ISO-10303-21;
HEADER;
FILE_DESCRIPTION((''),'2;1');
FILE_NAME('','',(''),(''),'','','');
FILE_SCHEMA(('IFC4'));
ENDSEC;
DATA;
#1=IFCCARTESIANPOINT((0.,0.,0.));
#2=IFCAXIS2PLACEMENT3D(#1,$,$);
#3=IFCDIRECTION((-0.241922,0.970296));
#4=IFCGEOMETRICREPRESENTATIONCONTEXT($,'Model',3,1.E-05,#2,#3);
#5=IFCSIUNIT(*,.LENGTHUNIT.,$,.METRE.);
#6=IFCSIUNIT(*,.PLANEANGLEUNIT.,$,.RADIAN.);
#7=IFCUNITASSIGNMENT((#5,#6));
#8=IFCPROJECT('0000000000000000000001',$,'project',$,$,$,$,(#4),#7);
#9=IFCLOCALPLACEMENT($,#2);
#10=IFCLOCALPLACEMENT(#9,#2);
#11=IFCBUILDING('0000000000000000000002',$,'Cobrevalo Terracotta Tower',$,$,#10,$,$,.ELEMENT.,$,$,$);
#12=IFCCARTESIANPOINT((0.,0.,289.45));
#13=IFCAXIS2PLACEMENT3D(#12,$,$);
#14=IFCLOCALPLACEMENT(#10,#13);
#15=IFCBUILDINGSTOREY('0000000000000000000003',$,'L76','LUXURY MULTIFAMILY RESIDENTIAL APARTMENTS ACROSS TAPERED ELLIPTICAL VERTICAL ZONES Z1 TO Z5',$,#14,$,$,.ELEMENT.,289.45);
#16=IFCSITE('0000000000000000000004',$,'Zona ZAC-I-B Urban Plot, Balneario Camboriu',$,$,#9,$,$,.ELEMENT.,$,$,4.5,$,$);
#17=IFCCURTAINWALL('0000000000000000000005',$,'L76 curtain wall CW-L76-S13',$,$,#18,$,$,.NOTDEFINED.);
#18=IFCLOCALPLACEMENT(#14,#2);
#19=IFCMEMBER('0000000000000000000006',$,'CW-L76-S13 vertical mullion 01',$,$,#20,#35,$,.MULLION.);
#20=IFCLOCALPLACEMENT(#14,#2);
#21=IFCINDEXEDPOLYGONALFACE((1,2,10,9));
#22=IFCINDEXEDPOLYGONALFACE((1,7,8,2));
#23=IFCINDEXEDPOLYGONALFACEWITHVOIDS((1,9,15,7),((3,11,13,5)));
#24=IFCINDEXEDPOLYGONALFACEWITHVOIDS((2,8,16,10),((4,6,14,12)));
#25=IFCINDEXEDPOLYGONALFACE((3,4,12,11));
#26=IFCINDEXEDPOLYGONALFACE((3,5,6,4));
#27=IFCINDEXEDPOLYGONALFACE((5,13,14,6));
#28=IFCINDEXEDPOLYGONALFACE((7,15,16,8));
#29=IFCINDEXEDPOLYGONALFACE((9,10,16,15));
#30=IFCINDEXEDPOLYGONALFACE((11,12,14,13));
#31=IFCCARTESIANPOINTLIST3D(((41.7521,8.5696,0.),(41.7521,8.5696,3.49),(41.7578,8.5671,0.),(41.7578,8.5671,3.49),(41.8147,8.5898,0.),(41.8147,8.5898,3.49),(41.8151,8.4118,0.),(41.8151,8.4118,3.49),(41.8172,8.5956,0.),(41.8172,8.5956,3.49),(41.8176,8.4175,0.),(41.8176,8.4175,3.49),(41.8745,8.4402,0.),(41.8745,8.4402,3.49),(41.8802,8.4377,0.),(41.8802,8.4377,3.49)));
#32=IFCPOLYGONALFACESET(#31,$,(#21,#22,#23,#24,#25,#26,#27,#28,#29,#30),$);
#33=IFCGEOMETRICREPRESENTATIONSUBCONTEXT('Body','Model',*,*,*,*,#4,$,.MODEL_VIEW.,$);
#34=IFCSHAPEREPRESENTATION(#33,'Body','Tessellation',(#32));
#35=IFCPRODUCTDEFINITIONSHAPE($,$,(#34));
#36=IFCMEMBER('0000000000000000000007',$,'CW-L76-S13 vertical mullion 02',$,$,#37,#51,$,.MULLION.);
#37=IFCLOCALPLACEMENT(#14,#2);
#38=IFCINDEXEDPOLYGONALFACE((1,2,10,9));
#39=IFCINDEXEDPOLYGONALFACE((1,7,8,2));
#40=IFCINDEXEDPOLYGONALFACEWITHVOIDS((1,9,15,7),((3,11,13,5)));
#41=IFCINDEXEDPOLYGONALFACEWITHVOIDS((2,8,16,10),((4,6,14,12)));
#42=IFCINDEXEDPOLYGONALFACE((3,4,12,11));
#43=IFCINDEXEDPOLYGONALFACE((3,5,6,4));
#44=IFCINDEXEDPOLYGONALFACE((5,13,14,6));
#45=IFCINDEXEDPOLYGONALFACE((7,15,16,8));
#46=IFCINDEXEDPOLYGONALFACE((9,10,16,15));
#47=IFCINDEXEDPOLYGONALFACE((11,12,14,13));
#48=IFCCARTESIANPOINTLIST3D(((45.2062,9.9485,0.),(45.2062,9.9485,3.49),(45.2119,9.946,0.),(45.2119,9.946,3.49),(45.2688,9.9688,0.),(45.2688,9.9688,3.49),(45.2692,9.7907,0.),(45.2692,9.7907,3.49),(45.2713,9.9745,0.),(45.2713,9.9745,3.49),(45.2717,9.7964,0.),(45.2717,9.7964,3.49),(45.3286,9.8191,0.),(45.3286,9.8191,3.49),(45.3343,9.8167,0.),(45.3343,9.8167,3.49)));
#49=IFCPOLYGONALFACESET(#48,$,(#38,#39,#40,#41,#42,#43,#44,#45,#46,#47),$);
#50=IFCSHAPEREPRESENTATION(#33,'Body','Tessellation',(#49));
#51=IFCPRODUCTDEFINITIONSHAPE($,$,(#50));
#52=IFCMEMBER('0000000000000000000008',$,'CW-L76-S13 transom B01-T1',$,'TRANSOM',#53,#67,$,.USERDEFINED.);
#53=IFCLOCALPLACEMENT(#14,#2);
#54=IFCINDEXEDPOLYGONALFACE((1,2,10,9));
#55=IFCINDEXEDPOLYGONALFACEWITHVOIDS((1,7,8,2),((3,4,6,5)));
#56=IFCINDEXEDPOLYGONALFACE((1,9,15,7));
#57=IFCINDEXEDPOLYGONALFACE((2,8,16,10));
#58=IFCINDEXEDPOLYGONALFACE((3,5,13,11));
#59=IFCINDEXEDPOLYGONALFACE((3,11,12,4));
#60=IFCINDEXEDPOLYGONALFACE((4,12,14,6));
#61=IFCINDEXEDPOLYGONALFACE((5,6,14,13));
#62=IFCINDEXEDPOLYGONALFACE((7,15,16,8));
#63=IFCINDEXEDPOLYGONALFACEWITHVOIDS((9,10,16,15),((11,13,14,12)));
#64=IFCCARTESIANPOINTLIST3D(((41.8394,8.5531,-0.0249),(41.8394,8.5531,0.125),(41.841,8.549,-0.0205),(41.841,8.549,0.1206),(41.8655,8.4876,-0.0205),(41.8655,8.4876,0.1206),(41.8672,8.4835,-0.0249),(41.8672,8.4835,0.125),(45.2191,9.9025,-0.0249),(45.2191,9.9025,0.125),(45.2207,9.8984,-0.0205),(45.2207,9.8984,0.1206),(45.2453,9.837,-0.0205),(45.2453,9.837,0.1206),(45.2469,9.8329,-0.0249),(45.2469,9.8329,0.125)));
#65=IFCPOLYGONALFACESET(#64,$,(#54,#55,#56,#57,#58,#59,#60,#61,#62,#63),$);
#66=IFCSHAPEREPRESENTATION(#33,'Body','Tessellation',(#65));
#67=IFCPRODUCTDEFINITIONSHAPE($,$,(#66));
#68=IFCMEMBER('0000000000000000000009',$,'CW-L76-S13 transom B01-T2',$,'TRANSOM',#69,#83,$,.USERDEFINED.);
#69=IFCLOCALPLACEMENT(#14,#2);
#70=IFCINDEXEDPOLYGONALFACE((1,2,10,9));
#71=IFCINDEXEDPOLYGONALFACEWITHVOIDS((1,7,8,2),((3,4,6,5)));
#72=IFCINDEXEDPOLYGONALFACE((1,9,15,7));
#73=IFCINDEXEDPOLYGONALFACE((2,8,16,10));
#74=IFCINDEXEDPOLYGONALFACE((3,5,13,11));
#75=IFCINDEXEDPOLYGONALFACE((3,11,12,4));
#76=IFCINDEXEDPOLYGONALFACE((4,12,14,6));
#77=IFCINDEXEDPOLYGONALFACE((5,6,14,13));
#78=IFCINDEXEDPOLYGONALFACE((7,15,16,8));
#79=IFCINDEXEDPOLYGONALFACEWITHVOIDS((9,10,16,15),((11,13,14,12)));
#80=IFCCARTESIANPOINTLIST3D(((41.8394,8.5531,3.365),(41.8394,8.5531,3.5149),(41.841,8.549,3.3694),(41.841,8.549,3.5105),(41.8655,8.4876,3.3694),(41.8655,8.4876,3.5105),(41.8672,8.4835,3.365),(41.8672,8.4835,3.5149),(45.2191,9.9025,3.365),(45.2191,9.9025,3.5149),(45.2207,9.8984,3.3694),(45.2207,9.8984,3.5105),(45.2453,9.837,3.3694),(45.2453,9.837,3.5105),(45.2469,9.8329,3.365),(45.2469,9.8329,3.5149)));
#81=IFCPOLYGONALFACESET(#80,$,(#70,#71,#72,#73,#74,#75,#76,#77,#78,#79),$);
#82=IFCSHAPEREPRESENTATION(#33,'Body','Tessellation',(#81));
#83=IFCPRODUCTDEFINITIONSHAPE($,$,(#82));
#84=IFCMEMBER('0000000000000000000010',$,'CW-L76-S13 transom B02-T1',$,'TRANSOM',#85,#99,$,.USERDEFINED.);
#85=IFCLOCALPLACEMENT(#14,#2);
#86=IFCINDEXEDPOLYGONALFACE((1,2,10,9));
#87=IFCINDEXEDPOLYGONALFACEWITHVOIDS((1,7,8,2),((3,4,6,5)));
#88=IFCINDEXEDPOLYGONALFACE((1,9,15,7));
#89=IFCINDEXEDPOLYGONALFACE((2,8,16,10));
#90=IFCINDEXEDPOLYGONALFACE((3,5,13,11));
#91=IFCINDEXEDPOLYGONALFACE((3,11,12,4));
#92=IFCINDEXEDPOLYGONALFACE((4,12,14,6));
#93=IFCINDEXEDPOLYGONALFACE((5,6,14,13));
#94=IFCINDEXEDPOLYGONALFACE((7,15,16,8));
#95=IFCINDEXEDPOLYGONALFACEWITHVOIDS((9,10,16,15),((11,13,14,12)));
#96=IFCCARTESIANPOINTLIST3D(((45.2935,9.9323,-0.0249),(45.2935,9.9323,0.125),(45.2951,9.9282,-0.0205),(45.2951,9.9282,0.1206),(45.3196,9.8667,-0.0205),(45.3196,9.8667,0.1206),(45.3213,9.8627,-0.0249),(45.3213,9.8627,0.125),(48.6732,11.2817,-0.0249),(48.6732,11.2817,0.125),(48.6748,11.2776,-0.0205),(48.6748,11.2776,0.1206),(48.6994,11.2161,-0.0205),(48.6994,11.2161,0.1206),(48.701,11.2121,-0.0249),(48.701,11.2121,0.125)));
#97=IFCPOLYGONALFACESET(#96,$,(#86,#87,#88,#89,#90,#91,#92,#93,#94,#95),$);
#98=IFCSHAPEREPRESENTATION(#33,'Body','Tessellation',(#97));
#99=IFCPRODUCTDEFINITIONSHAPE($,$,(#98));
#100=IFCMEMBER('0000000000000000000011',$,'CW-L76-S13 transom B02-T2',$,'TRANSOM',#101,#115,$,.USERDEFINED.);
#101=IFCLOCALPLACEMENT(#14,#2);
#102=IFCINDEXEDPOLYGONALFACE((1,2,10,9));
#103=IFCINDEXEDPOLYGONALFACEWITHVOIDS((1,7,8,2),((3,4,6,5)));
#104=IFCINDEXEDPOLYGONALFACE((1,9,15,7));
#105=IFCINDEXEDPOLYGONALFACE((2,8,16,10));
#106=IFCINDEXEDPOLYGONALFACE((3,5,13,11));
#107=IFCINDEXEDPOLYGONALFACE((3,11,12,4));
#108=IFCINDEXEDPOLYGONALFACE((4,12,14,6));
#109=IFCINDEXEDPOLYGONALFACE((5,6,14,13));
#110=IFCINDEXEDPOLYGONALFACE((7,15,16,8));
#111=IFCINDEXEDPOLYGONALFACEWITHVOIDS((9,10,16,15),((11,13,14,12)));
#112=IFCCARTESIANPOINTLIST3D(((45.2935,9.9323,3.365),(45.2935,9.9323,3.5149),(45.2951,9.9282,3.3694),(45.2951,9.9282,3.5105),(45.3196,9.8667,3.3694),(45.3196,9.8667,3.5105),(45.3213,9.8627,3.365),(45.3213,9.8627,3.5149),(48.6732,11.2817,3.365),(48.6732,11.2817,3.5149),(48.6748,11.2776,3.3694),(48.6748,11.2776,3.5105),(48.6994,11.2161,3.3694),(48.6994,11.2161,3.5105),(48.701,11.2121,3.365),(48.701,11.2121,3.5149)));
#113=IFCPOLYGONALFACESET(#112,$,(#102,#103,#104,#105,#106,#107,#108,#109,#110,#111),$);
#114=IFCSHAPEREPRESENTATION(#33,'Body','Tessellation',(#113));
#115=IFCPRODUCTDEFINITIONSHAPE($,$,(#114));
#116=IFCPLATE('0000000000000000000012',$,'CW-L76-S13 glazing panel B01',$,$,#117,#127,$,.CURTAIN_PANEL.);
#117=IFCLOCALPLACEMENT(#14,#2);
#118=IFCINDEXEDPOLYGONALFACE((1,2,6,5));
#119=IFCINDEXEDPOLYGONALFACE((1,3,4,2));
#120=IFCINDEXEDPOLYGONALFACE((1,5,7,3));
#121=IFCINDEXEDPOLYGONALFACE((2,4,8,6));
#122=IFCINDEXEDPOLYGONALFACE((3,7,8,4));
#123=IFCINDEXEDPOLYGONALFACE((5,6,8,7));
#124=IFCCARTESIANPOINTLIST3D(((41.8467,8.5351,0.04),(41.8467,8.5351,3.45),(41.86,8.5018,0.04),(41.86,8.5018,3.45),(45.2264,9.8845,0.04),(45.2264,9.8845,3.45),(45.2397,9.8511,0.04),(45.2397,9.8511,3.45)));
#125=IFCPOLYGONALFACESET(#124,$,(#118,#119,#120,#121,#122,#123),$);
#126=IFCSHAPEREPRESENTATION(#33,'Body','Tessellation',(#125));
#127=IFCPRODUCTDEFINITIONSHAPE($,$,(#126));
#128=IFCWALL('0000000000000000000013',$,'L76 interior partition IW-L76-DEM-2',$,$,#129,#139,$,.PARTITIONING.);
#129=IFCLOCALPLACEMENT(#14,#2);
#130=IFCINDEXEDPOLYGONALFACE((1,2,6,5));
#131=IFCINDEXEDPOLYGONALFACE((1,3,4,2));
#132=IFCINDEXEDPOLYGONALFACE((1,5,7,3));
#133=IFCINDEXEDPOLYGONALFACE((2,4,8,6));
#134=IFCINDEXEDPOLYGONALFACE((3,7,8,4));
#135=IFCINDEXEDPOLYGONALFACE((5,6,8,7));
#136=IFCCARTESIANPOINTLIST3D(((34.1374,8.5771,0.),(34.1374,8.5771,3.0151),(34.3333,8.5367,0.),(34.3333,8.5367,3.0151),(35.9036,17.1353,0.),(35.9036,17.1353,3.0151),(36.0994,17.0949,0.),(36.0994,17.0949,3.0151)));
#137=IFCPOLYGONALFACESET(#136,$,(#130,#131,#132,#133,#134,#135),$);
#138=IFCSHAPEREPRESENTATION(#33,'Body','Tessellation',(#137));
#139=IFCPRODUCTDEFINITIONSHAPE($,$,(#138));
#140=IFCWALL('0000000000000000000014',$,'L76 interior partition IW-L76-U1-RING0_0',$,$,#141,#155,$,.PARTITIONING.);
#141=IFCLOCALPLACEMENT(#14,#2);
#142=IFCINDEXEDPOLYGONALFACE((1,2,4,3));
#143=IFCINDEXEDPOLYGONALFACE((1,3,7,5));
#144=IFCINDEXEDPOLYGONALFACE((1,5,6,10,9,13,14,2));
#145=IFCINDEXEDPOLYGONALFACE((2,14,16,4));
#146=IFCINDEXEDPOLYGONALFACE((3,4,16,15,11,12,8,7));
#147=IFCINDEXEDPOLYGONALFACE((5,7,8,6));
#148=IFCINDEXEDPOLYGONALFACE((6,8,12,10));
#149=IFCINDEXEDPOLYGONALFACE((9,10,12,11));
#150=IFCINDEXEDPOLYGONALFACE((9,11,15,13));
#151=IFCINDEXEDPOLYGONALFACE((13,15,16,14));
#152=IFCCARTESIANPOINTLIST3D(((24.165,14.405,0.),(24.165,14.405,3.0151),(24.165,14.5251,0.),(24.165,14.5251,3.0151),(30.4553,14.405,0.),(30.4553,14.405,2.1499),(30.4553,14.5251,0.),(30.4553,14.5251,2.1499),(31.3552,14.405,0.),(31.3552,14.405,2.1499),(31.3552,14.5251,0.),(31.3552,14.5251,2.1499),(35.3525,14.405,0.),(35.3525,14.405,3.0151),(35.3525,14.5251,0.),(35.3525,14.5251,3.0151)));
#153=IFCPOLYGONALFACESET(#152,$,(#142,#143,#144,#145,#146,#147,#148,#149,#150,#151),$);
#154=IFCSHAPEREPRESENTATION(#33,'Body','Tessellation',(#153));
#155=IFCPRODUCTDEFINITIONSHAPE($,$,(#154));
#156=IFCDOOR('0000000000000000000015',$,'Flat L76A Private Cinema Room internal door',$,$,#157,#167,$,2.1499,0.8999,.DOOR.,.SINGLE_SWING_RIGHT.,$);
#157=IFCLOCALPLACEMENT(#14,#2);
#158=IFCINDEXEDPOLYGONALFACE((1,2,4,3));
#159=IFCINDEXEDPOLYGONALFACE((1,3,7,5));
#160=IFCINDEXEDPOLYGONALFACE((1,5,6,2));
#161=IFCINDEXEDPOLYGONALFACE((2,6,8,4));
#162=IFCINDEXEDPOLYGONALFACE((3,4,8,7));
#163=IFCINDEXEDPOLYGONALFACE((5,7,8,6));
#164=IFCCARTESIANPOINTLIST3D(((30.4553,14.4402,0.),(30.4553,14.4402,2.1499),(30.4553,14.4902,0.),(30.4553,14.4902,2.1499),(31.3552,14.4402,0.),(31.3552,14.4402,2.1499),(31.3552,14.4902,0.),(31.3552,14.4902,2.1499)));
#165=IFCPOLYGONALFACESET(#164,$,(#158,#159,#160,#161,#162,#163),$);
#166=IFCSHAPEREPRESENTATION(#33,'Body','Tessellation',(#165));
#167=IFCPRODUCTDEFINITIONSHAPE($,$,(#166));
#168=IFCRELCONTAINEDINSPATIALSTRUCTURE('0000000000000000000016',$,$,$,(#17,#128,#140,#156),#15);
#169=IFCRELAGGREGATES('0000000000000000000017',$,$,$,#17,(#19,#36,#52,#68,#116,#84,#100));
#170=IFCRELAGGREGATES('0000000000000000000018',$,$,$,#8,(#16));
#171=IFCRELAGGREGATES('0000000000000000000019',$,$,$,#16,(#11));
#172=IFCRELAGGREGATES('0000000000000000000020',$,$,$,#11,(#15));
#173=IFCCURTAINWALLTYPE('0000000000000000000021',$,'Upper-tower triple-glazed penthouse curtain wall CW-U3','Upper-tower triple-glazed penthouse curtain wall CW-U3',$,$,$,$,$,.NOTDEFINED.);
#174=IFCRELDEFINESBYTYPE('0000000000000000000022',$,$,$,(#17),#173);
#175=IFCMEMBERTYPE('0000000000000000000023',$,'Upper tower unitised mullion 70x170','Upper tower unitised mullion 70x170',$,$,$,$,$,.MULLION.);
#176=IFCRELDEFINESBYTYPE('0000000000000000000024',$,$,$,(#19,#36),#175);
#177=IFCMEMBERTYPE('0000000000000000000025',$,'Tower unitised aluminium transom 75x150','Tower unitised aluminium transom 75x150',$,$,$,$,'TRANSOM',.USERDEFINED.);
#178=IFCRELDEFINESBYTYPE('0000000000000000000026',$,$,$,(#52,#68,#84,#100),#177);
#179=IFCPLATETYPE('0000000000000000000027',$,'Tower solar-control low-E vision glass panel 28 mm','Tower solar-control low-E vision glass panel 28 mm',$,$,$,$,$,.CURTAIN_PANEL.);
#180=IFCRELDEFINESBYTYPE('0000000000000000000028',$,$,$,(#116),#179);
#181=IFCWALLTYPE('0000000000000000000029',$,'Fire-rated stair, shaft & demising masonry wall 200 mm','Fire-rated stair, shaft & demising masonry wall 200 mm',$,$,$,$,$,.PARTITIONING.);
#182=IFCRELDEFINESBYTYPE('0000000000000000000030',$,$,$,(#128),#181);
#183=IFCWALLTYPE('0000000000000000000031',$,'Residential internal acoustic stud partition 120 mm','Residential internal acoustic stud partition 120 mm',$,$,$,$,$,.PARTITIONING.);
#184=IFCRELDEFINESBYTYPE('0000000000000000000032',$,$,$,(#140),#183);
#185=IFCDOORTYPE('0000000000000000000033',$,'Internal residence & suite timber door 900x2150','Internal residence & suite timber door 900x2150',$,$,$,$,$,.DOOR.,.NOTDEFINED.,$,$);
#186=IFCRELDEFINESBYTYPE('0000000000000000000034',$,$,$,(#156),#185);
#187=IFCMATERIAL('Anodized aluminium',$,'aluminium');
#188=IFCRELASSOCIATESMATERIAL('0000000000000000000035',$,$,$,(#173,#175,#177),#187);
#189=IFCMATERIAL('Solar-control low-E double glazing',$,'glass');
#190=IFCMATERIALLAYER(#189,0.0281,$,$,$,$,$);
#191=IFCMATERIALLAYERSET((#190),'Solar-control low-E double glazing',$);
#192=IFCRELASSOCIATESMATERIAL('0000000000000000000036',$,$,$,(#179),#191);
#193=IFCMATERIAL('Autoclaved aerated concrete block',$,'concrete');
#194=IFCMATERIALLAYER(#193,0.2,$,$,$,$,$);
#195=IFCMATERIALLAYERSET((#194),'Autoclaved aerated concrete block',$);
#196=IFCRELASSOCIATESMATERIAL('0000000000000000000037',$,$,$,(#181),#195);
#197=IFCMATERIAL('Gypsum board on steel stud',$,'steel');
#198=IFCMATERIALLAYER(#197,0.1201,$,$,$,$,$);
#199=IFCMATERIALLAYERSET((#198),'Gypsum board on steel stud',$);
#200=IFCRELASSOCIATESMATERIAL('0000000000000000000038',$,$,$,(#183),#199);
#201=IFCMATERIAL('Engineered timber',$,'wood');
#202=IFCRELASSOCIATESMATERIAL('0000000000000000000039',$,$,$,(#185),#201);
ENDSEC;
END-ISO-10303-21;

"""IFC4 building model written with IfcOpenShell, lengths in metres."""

from ifc_helpers import new_model, si_unit, direction, frame, frame_2d, origin, origin_2d, place, context, subcontext, project, spatial, rectangle, hollow_rectangle, extrude, source, transform, mapped, material, layer, layer_set, material_profile, profile_set, type_object, element, fill, aggregate, save


model = new_model("IFC4")

# Units and contexts
model_context = context("Model", 3, precision=1e-05, world=origin(), true_north=direction((-0.241922, 0.970296)))
body_context = subcontext(model_context, "Body", "Model", "MODEL_VIEW")
ifc_project = project(units=[si_unit("LENGTHUNIT", "METRE"), si_unit("PLANEANGLEUNIT", "RADIAN")], contexts=[model_context])

# Site, building, storey
site_placement = place(None, origin())
site = spatial("IfcSite", under=ifc_project, at=site_placement, Name="Zona ZAC-I-B Urban Plot, Balneario Camboriu", CompositionType="ELEMENT", RefElevation=4.5)
building_placement = place(site_placement, origin())
building = spatial("IfcBuilding", under=site, at=building_placement, Name="Cobrevalo Terracotta Tower", CompositionType="ELEMENT")
storey_placement = place(building_placement, frame((0.0, 0.0, 289.45)))
storey = spatial("IfcBuildingStorey", under=building, at=storey_placement, Name="L76", Description="LUXURY MULTIFAMILY RESIDENTIAL APARTMENTS ACROSS TAPERED ELLIPTICAL VERTICAL ZONES Z1 TO Z5", CompositionType="ELEMENT", Elevation=289.45)

# Curtain wall, members, plate
ifc_material_1 = material(Name="Anodized aluminium", Category="aluminium")
curtain_wall_type = type_object("IfcCurtainWallType", Name="Upper-tower triple-glazed penthouse curtain wall CW-U3", Description="Upper-tower triple-glazed penthouse curtain wall CW-U3", PredefinedType="NOTDEFINED", material=ifc_material_1)
curtain_wall_placement = place(storey_placement, origin())
curtain_wall = element("IfcCurtainWall", 1, at=curtain_wall_placement, inside=storey, type_object=curtain_wall_type, Name="L76 curtain wall CW-L76-S13", PredefinedType="NOTDEFINED")
ifc_material_profile_1 = material_profile(ifc_material_1, hollow_rectangle(XDim=0.0701, YDim=0.1699, WallThickness=0.0044, at=origin_2d()), Name="CWM 70x170")
ifc_profile_set_1 = profile_set([ifc_material_profile_1], Name="Anodized aluminium")
member_type_1 = type_object("IfcMemberType", Name="Upper tower unitised mullion 70x170", Description="Upper tower unitised mullion 70x170", PredefinedType="MULLION", material=ifc_profile_set_1)
shared_shape_1 = source(origin(), body_context, "Body", "SweptSolid", [
    extrude(hollow_rectangle(XDim=0.0701, YDim=0.1699, WallThickness=0.0044, at=origin_2d()), origin(), (0.0, 0.0, 1.0), 3.49),
])
member_1_placement = place(storey_placement, frame((41.8162, 8.5037, 0.0), z_axis=(0.0, 0.0, 1.0), x_axis=(0.928719, 0.370784, 0.0)))
member_1 = element("IfcMember", 2, at=member_1_placement, type_object=member_type_1, Name="CW-L76-S13 vertical mullion 01", PredefinedType="MULLION", context=body_context, shape_type="MappedRepresentation", body=[
    mapped(shared_shape_1, transform((0.0, 0.0, 0.0), scale=1.0)),
])
member_2_placement = place(storey_placement, frame((45.2703, 9.8826, 0.0), z_axis=(0.0, 0.0, 1.0), x_axis=(0.928719, 0.370784, 0.0)))
member_2 = element("IfcMember", 3, at=member_2_placement, type_object=member_type_1, Name="CW-L76-S13 vertical mullion 02", PredefinedType="MULLION", context=body_context, shape_type="MappedRepresentation", body=[
    mapped(shared_shape_1, transform((0.0, 0.0, 0.0), scale=1.0)),
])
ifc_material_profile_2 = material_profile(ifc_material_1, hollow_rectangle(XDim=0.075, YDim=0.1499, WallThickness=0.0044, at=origin_2d()), Name="CWT 75x150")
ifc_profile_set_2 = profile_set([ifc_material_profile_2], Name="Anodized aluminium")
member_type_2 = type_object("IfcMemberType", Name="Tower unitised aluminium transom 75x150", Description="Tower unitised aluminium transom 75x150", ElementType="TRANSOM", PredefinedType="USERDEFINED", material=ifc_profile_set_2)
shared_shape_2 = source(origin(), body_context, "Body", "SweptSolid", [
    extrude(hollow_rectangle(XDim=0.075, YDim=0.1499, WallThickness=0.0044, at=origin_2d()), origin(), (0.0, 0.0, 1.0), 3.6392),
])
member_3_placement = place(storey_placement, frame((41.8533, 8.5183, 0.05), z_axis=(0.928712, 0.370801, 0.0), x_axis=(-0.370801, 0.928712, 0.0)))
member_3 = element("IfcMember", 4, at=member_3_placement, type_object=member_type_2, Name="CW-L76-S13 transom B01-T1", ObjectType="TRANSOM", PredefinedType="USERDEFINED", context=body_context, shape_type="MappedRepresentation", body=[
    mapped(shared_shape_2, transform((0.0, 0.0, 0.0), scale=1.0)),
])
member_4_placement = place(storey_placement, frame((41.8533, 8.5183, 3.4399), z_axis=(0.928712, 0.370801, 0.0), x_axis=(-0.370801, 0.928712, 0.0)))
member_4 = element("IfcMember", 5, at=member_4_placement, type_object=member_type_2, Name="CW-L76-S13 transom B01-T2", ObjectType="TRANSOM", PredefinedType="USERDEFINED", context=body_context, shape_type="MappedRepresentation", body=[
    mapped(shared_shape_2, transform((0.0, 0.0, 0.0), scale=1.0)),
])
member_5_placement = place(storey_placement, frame((45.3074, 9.8975, 0.05), z_axis=(0.928712, 0.370801, 0.0), x_axis=(-0.370801, 0.928712, 0.0)))
member_5 = element("IfcMember", 6, at=member_5_placement, type_object=member_type_2, Name="CW-L76-S13 transom B02-T1", ObjectType="TRANSOM", PredefinedType="USERDEFINED", context=body_context, shape_type="MappedRepresentation", body=[
    mapped(shared_shape_2, transform((0.0, 0.0, 0.0), scale=1.0)),
])
member_6_placement = place(storey_placement, frame((45.3074, 9.8975, 3.4399), z_axis=(0.928712, 0.370801, 0.0), x_axis=(-0.370801, 0.928712, 0.0)))
member_6 = element("IfcMember", 7, at=member_6_placement, type_object=member_type_2, Name="CW-L76-S13 transom B02-T2", ObjectType="TRANSOM", PredefinedType="USERDEFINED", context=body_context, shape_type="MappedRepresentation", body=[
    mapped(shared_shape_2, transform((0.0, 0.0, 0.0), scale=1.0)),
])
ifc_material_2 = material(Name="Solar-control low-E double glazing", Category="glass")
ifc_layer_1 = layer(ifc_material_2, 0.0281)
ifc_layer_set_1 = layer_set([ifc_layer_1], Name="Solar-control low-E double glazing")
plate_type = type_object("IfcPlateType", Name="Tower solar-control low-E vision glass panel 28 mm", Description="Tower solar-control low-E vision glass panel 28 mm", PredefinedType="CURTAIN_PANEL", material=ifc_layer_set_1)
shared_shape_3 = source(origin(), body_context, "Body", "SweptSolid", [
    extrude(rectangle(XDim=3.6392, YDim=0.0359, at=origin_2d()), origin(), (0.0, 0.0, 1.0), 3.4099),
])
plate_placement = place(storey_placement, frame((43.5432, 9.1931, 0.04), z_axis=(0.0, 0.0, 1.0), x_axis=(0.928718, 0.370786, 0.0)))
plate = element("IfcPlate", 8, at=plate_placement, type_object=plate_type, Name="CW-L76-S13 glazing panel B01", PredefinedType="CURTAIN_PANEL", context=body_context, shape_type="MappedRepresentation", body=[
    mapped(shared_shape_3, transform((0.0, 0.0, 0.0), scale=1.0)),
])
aggregate(curtain_wall, [member_1, member_2, member_3, member_4, plate, member_5, member_6])

# Wall
ifc_material_3 = material(Name="Autoclaved aerated concrete block", Category="concrete")
ifc_layer_2 = layer(ifc_material_3, 0.2)
ifc_layer_set_2 = layer_set([ifc_layer_2], Name="Autoclaved aerated concrete block")
wall_type_1 = type_object("IfcWallType", Name="Fire-rated stair, shaft & demising masonry wall 200 mm", Description="Fire-rated stair, shaft & demising masonry wall 200 mm", PredefinedType="PARTITIONING", material=ifc_layer_set_2)
wall_1_placement = place(storey_placement, frame((36.0015, 17.115, 0.0), z_axis=(0.0, 0.0, 1.0), x_axis=(-0.202109, -0.979363, 0.0)))
element("IfcWall", 9, at=wall_1_placement, inside=storey, type_object=wall_type_1, Name="L76 interior partition IW-L76-DEM-2", PredefinedType="PARTITIONING", context=body_context, shape_type="SweptSolid", body=[
    extrude(rectangle(XDim=8.7385, YDim=0.2, at=frame_2d((4.3691, 0.0))), origin(), (0.0, 0.0, 1.0), 3.0151),
])

# Wall, opening, door
ifc_material_4 = material(Name="Gypsum board on steel stud", Category="steel")
ifc_layer_3 = layer(ifc_material_4, 0.1201)
ifc_layer_set_3 = layer_set([ifc_layer_3], Name="Gypsum board on steel stud")
wall_type_2 = type_object("IfcWallType", Name="Residential internal acoustic stud partition 120 mm", Description="Residential internal acoustic stud partition 120 mm", PredefinedType="PARTITIONING", material=ifc_layer_set_3)
wall_2_placement = place(storey_placement, frame((35.3525, 14.4651, 0.0), z_axis=(0.0, 0.0, 1.0), x_axis=(-1.0, 0.0, 0.0)))
wall_2 = element("IfcWall", 10, at=wall_2_placement, inside=storey, type_object=wall_type_2, Name="L76 interior partition IW-L76-U1-RING0_0", PredefinedType="PARTITIONING", context=body_context, shape_type="SweptSolid", body=[
    extrude(rectangle(XDim=11.1875, YDim=0.1201, at=frame_2d((5.5938, 0.0))), origin(), (0.0, 0.0, 1.0), 3.0151),
])
opening_1_placement = place(wall_2_placement, frame((3.9973, 0.0, 0.0)))
opening_1 = element("IfcOpeningElement", 11, at=opening_1_placement, cuts=wall_2, PredefinedType="OPENING", context=body_context, shape_type="SweptSolid", body=[
    extrude(rectangle(XDim=0.8999, YDim=2.1499, at=frame_2d((0.45, 1.075))), frame((0.0, 0.0701, 0.0), z_axis=(0.0, -1.0, 0.0), x_axis=(1.0, 0.0, 0.0)), (0.0, 0.0, 1.0), 0.1401),
])
ifc_material_5 = material(Name="Engineered timber", Category="wood")
door_type_1 = type_object("IfcDoorType", Name="Internal residence & suite timber door 900x2150", Description="Internal residence & suite timber door 900x2150", OperationType="NOTDEFINED", PredefinedType="DOOR", material=ifc_material_5)
shared_shape_4 = source(origin(), body_context, "Body", "SweptSolid", [
    extrude(rectangle(XDim=0.8999, YDim=2.1499, at=frame_2d((0.45, 1.075))), frame((0.0, 0.0249, 0.0), z_axis=(0.0, -1.0, 0.0), x_axis=(1.0, 0.0, 0.0)), (0.0, 0.0, 1.0), 0.05),
])
door_1_placement = place(opening_1_placement, origin())
door_1 = element("IfcDoor", 12, at=door_1_placement, inside=storey, type_object=door_type_1, Name="Flat L76A Private Cinema Room internal door", OperationType="SINGLE_SWING_RIGHT", OverallHeight=2.1499, OverallWidth=0.8999, PredefinedType="DOOR", context=body_context, shape_type="MappedRepresentation", body=[
    mapped(shared_shape_4, transform((0.0, 0.0, 0.0), scale=1.0)),
])
fill(opening_1, door_1)

save(model, "model.ifc")
